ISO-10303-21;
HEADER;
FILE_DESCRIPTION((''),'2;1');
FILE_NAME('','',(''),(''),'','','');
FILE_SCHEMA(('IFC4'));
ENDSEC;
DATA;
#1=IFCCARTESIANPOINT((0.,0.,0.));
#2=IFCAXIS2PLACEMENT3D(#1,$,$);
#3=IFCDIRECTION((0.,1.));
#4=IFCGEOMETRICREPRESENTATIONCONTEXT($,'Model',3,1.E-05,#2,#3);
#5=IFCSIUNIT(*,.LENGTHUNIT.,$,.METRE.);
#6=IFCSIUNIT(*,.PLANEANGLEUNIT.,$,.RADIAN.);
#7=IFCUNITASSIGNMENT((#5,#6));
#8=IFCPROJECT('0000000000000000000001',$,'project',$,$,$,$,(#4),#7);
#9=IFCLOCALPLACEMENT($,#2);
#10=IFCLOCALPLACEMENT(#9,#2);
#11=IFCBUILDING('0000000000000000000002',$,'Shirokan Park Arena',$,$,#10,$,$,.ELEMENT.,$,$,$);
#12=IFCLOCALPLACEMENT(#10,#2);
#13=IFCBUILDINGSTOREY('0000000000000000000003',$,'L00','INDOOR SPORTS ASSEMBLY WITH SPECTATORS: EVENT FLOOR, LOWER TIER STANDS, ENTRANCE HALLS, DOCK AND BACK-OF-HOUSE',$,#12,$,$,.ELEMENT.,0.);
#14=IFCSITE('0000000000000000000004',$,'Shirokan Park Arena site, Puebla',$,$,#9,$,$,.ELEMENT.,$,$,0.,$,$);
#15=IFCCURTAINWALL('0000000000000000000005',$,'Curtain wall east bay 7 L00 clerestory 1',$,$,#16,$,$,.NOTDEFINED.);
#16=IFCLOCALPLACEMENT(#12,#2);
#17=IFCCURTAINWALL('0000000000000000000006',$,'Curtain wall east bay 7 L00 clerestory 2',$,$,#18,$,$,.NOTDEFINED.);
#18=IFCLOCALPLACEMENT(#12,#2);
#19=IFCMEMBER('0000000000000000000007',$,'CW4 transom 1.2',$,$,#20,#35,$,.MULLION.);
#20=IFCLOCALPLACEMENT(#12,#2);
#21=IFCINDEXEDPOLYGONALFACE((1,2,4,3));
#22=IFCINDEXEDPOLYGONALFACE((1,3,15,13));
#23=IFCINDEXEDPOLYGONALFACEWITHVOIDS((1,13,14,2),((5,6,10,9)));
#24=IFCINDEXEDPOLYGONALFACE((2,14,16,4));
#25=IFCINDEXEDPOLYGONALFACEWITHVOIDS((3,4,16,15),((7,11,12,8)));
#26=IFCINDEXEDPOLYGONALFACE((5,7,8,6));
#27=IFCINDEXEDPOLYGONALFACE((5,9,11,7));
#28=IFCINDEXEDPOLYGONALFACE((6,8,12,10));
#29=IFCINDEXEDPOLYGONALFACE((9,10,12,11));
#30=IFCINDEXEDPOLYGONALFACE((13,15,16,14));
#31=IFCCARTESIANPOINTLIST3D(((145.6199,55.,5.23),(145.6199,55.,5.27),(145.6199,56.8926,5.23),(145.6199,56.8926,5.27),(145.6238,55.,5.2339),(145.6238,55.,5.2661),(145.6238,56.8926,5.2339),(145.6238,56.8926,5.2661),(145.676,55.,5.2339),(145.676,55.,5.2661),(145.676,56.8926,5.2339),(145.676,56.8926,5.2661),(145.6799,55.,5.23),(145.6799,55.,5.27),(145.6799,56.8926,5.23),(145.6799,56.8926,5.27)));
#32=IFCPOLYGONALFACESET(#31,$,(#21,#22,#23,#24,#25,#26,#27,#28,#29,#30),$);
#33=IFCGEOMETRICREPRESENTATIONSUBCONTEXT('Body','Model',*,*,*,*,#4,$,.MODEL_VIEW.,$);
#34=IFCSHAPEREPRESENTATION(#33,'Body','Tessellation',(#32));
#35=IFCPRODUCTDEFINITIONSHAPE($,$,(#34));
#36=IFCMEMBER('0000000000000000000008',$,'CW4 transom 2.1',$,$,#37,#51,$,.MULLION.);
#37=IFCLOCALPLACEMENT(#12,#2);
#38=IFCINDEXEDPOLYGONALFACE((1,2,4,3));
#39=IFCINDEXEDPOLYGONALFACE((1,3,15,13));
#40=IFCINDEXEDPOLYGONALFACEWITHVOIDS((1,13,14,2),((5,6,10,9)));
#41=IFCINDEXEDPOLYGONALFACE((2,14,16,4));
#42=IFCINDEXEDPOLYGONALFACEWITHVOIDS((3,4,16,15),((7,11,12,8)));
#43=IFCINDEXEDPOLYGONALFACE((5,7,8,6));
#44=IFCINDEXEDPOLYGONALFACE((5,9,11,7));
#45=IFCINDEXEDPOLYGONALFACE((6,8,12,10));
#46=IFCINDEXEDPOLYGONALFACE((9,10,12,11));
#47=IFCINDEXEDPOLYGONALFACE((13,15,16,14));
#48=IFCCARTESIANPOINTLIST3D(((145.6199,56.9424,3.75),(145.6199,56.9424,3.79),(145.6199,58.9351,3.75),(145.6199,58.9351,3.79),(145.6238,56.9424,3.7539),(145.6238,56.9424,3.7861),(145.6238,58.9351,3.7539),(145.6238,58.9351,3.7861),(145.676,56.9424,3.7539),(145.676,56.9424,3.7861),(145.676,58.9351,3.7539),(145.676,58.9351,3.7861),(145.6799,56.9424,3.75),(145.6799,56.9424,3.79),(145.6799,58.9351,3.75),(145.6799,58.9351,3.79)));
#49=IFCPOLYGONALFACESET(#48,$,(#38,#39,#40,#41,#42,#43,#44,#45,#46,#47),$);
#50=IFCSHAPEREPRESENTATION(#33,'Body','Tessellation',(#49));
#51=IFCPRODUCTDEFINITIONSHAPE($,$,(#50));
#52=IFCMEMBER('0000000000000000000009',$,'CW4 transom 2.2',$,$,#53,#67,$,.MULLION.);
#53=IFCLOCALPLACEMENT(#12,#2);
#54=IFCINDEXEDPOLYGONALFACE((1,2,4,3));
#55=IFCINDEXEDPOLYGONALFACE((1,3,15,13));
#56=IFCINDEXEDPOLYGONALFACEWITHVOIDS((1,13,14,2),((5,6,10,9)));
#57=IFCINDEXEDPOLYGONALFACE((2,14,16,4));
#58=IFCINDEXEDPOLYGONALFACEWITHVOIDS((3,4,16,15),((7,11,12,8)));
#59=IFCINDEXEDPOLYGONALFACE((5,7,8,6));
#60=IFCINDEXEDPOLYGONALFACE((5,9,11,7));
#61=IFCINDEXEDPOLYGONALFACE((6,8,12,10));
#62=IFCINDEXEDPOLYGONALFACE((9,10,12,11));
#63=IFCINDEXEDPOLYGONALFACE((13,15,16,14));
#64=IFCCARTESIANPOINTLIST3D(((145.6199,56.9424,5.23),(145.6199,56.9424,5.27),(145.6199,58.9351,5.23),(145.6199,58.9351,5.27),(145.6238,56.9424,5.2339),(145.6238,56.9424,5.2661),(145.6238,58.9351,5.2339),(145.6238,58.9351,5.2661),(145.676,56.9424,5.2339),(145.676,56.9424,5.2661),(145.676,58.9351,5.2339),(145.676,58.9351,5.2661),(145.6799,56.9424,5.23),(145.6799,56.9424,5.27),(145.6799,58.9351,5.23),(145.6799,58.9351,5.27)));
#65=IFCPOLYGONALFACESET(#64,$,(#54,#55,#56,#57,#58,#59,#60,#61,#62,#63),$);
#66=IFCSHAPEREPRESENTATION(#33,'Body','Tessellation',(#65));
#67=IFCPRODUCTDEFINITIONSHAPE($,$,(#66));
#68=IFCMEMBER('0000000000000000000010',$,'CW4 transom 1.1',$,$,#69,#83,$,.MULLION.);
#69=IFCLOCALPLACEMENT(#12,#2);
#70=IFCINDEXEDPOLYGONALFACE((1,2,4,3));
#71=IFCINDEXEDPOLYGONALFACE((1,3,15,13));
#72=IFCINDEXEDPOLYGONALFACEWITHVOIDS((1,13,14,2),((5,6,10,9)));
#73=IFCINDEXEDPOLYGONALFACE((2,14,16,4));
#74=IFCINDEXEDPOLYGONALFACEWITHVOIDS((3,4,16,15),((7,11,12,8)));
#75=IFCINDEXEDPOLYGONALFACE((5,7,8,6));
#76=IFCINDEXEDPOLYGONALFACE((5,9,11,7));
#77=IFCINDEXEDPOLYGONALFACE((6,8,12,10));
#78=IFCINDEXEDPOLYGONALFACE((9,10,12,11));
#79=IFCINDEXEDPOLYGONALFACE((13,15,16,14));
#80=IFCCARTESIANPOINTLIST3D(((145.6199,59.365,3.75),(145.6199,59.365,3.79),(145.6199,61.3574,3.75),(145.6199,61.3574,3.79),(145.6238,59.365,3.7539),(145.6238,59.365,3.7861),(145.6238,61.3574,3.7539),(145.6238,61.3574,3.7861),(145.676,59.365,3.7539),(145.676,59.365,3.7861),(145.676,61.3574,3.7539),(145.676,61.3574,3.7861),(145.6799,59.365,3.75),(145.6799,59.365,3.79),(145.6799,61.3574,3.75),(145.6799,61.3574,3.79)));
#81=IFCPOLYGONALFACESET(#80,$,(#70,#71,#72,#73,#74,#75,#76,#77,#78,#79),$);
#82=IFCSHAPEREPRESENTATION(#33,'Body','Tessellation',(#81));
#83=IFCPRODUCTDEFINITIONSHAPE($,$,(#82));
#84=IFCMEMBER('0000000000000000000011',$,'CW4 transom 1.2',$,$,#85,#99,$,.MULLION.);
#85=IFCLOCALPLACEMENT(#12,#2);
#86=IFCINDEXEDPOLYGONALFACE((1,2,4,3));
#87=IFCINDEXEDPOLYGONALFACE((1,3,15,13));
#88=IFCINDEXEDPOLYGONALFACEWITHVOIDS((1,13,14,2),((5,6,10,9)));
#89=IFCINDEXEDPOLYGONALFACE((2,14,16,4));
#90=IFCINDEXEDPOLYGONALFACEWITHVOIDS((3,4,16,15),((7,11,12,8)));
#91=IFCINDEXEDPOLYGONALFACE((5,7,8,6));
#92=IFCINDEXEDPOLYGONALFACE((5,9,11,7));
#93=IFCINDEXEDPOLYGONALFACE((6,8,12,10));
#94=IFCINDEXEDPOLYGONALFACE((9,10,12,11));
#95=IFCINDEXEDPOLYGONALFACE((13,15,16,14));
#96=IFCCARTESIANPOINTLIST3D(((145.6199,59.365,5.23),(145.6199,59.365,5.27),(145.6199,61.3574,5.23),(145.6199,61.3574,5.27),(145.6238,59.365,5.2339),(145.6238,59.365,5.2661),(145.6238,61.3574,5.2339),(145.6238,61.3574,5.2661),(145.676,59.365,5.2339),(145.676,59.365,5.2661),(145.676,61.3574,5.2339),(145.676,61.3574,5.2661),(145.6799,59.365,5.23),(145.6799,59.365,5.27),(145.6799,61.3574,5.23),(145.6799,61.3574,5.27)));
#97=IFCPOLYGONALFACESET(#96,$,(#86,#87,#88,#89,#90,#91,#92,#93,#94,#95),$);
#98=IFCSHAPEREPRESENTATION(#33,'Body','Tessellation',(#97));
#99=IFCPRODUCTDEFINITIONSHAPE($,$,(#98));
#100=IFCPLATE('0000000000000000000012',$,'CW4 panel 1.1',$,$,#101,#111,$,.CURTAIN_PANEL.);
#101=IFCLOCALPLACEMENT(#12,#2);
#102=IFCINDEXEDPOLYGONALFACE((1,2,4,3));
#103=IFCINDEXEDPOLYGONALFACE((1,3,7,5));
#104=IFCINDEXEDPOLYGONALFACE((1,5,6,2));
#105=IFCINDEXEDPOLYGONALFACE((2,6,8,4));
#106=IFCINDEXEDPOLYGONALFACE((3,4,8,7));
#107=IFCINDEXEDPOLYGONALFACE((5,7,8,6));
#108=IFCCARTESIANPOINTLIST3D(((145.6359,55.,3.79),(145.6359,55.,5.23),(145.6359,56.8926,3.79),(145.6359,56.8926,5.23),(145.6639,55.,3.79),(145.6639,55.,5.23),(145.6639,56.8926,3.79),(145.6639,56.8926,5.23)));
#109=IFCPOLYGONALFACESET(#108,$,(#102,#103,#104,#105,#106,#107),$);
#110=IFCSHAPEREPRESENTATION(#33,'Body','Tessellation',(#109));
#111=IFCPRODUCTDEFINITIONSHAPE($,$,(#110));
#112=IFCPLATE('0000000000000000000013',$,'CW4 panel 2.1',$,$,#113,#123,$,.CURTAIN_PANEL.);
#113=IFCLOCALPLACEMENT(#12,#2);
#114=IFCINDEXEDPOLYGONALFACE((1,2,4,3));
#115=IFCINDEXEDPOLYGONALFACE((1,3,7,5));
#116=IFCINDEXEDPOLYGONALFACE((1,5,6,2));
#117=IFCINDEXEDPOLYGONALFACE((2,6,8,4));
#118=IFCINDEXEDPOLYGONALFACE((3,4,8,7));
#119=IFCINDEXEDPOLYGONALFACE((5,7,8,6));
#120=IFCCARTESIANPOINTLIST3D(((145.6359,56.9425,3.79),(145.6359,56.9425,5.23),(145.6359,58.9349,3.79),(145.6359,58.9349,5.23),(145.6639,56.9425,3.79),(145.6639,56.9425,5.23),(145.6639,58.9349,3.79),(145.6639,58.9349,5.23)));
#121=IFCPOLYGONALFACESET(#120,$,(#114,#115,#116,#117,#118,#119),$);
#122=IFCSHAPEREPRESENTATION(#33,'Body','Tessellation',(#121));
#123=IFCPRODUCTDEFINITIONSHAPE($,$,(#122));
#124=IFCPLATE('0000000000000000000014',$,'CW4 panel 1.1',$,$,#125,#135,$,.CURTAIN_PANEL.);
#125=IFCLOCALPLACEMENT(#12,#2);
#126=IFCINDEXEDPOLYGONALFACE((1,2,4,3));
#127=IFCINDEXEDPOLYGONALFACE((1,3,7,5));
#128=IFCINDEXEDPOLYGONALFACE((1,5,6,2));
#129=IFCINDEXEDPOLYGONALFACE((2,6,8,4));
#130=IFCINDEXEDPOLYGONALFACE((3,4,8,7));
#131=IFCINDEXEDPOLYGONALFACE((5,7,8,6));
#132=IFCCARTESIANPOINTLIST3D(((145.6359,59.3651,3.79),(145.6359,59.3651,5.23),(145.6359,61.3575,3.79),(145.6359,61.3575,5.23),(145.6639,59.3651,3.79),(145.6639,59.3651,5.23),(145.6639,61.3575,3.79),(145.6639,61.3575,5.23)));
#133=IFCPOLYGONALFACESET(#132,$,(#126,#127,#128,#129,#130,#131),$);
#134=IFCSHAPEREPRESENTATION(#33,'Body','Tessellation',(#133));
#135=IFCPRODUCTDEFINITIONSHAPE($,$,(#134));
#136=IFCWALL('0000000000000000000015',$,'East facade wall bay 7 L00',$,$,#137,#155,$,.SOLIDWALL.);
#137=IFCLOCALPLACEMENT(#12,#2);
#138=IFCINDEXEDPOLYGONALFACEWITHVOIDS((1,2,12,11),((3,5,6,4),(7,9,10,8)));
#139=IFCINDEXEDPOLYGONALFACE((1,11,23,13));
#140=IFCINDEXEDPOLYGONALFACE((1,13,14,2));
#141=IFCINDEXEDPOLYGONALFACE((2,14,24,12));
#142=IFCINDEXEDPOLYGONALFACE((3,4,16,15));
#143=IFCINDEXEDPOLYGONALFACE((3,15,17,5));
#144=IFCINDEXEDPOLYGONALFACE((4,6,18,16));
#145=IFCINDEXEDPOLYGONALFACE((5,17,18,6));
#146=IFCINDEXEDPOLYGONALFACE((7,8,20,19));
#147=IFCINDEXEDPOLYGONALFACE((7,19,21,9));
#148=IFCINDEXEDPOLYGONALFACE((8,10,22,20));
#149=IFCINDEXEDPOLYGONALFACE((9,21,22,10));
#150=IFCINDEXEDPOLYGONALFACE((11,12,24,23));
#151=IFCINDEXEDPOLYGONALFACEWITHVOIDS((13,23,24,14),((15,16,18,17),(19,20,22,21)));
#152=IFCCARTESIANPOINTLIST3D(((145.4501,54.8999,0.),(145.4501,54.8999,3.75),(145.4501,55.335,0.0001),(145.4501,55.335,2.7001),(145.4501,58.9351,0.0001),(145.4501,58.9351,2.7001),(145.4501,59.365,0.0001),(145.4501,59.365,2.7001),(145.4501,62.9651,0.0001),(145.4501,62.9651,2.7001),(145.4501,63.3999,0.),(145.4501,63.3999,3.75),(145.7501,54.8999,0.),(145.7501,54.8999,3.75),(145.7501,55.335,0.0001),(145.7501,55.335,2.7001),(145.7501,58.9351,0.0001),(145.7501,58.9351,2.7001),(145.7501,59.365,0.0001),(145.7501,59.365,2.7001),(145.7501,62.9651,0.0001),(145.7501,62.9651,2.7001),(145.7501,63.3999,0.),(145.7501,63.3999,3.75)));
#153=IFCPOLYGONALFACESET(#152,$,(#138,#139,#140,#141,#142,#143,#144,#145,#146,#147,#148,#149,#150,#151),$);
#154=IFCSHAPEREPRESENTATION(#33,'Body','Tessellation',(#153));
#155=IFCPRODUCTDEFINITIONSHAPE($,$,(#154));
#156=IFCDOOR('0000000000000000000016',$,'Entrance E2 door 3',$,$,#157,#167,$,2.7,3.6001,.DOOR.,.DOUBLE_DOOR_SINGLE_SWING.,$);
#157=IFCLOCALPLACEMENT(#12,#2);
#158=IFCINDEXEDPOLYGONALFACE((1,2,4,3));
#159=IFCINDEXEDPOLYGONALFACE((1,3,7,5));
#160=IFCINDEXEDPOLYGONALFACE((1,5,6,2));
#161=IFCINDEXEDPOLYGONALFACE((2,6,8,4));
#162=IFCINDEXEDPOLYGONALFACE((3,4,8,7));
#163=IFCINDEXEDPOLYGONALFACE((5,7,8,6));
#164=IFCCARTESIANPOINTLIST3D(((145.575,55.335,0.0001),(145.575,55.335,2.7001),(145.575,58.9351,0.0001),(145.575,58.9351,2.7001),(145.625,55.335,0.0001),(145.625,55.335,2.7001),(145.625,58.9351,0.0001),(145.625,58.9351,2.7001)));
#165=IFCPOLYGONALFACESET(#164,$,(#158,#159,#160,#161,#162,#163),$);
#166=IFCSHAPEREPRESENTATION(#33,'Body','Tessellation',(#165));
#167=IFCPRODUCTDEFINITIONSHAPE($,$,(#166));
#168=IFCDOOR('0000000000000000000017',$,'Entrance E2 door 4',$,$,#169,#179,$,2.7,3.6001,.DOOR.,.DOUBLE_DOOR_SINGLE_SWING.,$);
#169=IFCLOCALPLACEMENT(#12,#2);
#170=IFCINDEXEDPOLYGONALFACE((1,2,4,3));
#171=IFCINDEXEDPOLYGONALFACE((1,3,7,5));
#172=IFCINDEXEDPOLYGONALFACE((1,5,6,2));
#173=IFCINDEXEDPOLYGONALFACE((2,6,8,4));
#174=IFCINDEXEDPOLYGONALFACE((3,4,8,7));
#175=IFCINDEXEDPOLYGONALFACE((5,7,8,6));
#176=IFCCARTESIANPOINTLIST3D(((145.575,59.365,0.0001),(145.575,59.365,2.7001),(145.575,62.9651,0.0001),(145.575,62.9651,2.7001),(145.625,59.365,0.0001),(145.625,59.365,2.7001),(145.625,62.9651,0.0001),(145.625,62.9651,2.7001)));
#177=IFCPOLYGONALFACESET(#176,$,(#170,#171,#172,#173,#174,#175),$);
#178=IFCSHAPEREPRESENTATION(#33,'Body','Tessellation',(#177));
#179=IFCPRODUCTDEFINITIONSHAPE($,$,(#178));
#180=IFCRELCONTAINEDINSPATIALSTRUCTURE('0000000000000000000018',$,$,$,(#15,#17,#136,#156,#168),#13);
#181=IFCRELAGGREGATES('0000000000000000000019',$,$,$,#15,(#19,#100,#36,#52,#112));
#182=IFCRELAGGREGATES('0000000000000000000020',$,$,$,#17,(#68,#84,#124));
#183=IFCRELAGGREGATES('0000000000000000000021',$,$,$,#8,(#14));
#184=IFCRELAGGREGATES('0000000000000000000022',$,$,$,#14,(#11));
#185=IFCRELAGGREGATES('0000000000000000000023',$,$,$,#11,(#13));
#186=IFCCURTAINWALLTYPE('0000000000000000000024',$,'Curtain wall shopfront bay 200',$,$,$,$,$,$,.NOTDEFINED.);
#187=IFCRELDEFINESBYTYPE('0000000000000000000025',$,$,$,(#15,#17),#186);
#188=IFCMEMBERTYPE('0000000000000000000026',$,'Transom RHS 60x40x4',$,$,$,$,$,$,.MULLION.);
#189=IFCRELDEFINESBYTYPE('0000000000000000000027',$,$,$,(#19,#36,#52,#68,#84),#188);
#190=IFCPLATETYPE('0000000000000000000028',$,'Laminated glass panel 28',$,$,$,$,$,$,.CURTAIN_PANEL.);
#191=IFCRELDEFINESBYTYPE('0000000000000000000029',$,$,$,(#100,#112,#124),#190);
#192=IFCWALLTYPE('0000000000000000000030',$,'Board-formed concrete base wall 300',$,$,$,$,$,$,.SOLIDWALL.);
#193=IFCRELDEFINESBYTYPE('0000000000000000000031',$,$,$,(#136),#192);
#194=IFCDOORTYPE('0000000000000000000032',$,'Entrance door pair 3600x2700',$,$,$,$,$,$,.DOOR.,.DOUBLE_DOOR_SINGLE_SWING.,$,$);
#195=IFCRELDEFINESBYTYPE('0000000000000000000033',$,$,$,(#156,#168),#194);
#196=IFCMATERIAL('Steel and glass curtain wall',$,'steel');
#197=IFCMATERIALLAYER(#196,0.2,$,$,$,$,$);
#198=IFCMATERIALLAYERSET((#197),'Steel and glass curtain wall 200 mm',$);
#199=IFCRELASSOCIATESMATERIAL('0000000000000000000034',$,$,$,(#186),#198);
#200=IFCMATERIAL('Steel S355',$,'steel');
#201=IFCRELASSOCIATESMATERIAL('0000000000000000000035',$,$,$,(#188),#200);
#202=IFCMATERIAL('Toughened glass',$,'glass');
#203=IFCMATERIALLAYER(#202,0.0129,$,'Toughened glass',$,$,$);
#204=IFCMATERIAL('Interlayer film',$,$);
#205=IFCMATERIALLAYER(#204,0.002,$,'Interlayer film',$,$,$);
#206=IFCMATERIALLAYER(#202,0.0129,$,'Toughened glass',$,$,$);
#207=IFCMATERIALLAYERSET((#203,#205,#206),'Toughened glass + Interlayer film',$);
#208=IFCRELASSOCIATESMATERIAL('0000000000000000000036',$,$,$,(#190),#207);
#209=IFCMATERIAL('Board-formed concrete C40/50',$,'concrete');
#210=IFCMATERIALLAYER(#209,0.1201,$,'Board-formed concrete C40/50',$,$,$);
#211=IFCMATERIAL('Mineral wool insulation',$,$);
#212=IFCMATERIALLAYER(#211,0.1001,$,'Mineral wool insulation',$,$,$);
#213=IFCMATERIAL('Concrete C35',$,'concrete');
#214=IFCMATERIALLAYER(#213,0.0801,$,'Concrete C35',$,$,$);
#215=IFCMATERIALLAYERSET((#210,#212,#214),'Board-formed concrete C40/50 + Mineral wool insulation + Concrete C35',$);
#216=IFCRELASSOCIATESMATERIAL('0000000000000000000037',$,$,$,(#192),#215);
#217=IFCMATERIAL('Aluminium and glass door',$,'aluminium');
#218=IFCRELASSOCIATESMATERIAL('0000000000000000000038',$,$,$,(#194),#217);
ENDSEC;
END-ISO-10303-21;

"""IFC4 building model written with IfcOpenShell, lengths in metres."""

from ifc_helpers import new_model, si_unit, direction, frame, frame_2d, origin, origin_2d, place, context, subcontext, project, spatial, rectangle, hollow_rectangle, extrude, material, layer, layer_set, material_profile, profile_set, type_object, element, fill, aggregate, save


model = new_model("IFC4")

# Units and contexts
model_context = context("Model", 3, precision=1e-05, world=origin(), true_north=direction((0.0, 1.0)))
body_context = subcontext(model_context, "Body", "Model", "MODEL_VIEW")
ifc_project = project(units=[si_unit("LENGTHUNIT", "METRE"), si_unit("PLANEANGLEUNIT", "RADIAN")], contexts=[model_context])

# Site, building, storey
site_placement = place(None, origin())
site = spatial("IfcSite", under=ifc_project, at=site_placement, Name="Shirokan Park Arena site, Puebla", CompositionType="ELEMENT", RefElevation=0.0)
building_placement = place(site_placement, origin())
building = spatial("IfcBuilding", under=site, at=building_placement, Name="Shirokan Park Arena", CompositionType="ELEMENT")
storey_placement = place(building_placement, origin())
storey = spatial("IfcBuildingStorey", under=building, at=storey_placement, Name="L00", Description="INDOOR SPORTS ASSEMBLY WITH SPECTATORS: EVENT FLOOR, LOWER TIER STANDS, ENTRANCE HALLS, DOCK AND BACK-OF-HOUSE", CompositionType="ELEMENT", Elevation=0.0)

# Shared definitions
ifc_material_1 = material(Name="Concrete C35", Category="concrete")
ifc_material_2 = material(Name="Steel S355", Category="steel")

# Curtain wall
ifc_material_3 = material(Name="Steel and glass curtain wall", Category="steel")
ifc_layer_1 = layer(ifc_material_3, 0.2)
ifc_layer_set_1 = layer_set([ifc_layer_1], Name="Steel and glass curtain wall 200 mm")
curtain_wall_type = type_object("IfcCurtainWallType", Name="Curtain wall shopfront bay 200", PredefinedType="NOTDEFINED", material=ifc_layer_set_1)
curtain_wall_1_placement = place(storey_placement, origin())
curtain_wall_1 = element("IfcCurtainWall", 1, at=curtain_wall_1_placement, inside=storey, type_object=curtain_wall_type, Name="Curtain wall east bay 7 L00 clerestory 1", PredefinedType="NOTDEFINED")

# Curtain wall
curtain_wall_2_placement = place(storey_placement, origin())
curtain_wall_2 = element("IfcCurtainWall", 2, at=curtain_wall_2_placement, inside=storey, type_object=curtain_wall_type, Name="Curtain wall east bay 7 L00 clerestory 2", PredefinedType="NOTDEFINED")

# Members
ifc_material_profile_1 = material_profile(ifc_material_2, hollow_rectangle(XDim=0.0601, YDim=0.04, WallThickness=0.0039, at=origin_2d()), Name="RHS 60x40x4")
ifc_profile_set_1 = profile_set([ifc_material_profile_1], Name="Steel S355")
member_type_1 = type_object("IfcMemberType", Name="Transom RHS 60x40x4", PredefinedType="MULLION", material=ifc_profile_set_1)
member_1_placement = place(storey_placement, frame((145.6499, 55.0, 5.25), z_axis=(0.0, 1.0, 0.0), x_axis=(-1.0, 0.0, 0.0)))
member_1 = element("IfcMember", 3, at=member_1_placement, type_object=member_type_1, Name="CW4 transom 1.2", PredefinedType="MULLION", context=body_context, shape_type="SweptSolid", body=[
    extrude(hollow_rectangle(XDim=0.0601, YDim=0.04, WallThickness=0.0039, at=origin_2d()), origin(), (0.0, 0.0, 1.0), 1.8926),
])
member_2_placement = place(storey_placement, frame((145.6499, 56.9424, 3.77), z_axis=(0.0, 1.0, 0.0), x_axis=(-1.0, 0.0, 0.0)))
member_2 = element("IfcMember", 4, at=member_2_placement, type_object=member_type_1, Name="CW4 transom 2.1", PredefinedType="MULLION", context=body_context, shape_type="SweptSolid", body=[
    extrude(hollow_rectangle(XDim=0.0601, YDim=0.04, WallThickness=0.0039, at=origin_2d()), origin(), (0.0, 0.0, 1.0), 1.9927),
])
member_3_placement = place(storey_placement, frame((145.6499, 56.9424, 5.25), z_axis=(0.0, 1.0, 0.0), x_axis=(-1.0, 0.0, 0.0)))
member_3 = element("IfcMember", 5, at=member_3_placement, type_object=member_type_1, Name="CW4 transom 2.2", PredefinedType="MULLION", context=body_context, shape_type="SweptSolid", body=[
    extrude(hollow_rectangle(XDim=0.0601, YDim=0.04, WallThickness=0.0039, at=origin_2d()), origin(), (0.0, 0.0, 1.0), 1.9927),
])
member_4_placement = place(storey_placement, frame((145.6499, 59.365, 3.77), z_axis=(0.0, 1.0, 0.0), x_axis=(-1.0, 0.0, 0.0)))
member_4 = element("IfcMember", 6, at=member_4_placement, type_object=member_type_1, Name="CW4 transom 1.1", PredefinedType="MULLION", context=body_context, shape_type="SweptSolid", body=[
    extrude(hollow_rectangle(XDim=0.0601, YDim=0.04, WallThickness=0.0039, at=origin_2d()), origin(), (0.0, 0.0, 1.0), 1.9924),
])
member_5_placement = place(storey_placement, frame((145.6499, 59.365, 5.25), z_axis=(0.0, 1.0, 0.0), x_axis=(-1.0, 0.0, 0.0)))
member_5 = element("IfcMember", 7, at=member_5_placement, type_object=member_type_1, Name="CW4 transom 1.2", PredefinedType="MULLION", context=body_context, shape_type="SweptSolid", body=[
    extrude(hollow_rectangle(XDim=0.0601, YDim=0.04, WallThickness=0.0039, at=origin_2d()), origin(), (0.0, 0.0, 1.0), 1.9924),
])

# Plates
ifc_material_4 = material(Name="Toughened glass", Category="glass")
ifc_layer_2 = layer(ifc_material_4, 0.0129, Name="Toughened glass")
ifc_material_5 = material(Name="Interlayer film")
ifc_layer_3 = layer(ifc_material_5, 0.002, Name="Interlayer film")
ifc_layer_4 = layer(ifc_material_4, 0.0129, Name="Toughened glass")
ifc_layer_set_2 = layer_set([ifc_layer_2, ifc_layer_3, ifc_layer_4], Name="Toughened glass + Interlayer film")
plate_type = type_object("IfcPlateType", Name="Laminated glass panel 28", PredefinedType="CURTAIN_PANEL", material=ifc_layer_set_2)
plate_1_placement = place(storey_placement, frame((145.6499, 55.9463, 3.79), z_axis=(0.0, 0.0, 1.0), x_axis=(0.0, 1.0, 0.0)))
plate_1 = element("IfcPlate", 8, at=plate_1_placement, type_object=plate_type, Name="CW4 panel 1.1", PredefinedType="CURTAIN_PANEL", context=body_context, shape_type="SweptSolid", body=[
    extrude(rectangle(XDim=1.8926, YDim=0.0281, at=origin_2d()), origin(), (0.0, 0.0, 1.0), 1.4399),
])
plate_2_placement = place(storey_placement, frame((145.6499, 57.9387, 3.79), z_axis=(0.0, 0.0, 1.0), x_axis=(0.0, 1.0, 0.0)))
plate_2 = element("IfcPlate", 9, at=plate_2_placement, type_object=plate_type, Name="CW4 panel 2.1", PredefinedType="CURTAIN_PANEL", context=body_context, shape_type="SweptSolid", body=[
    extrude(rectangle(XDim=1.9924, YDim=0.0281, at=origin_2d()), origin(), (0.0, 0.0, 1.0), 1.4399),
])
aggregate(curtain_wall_1, [member_1, plate_1, member_2, member_3, plate_2])
plate_3_placement = place(storey_placement, frame((145.6499, 60.3613, 3.79), z_axis=(0.0, 0.0, 1.0), x_axis=(0.0, 1.0, 0.0)))
plate_3 = element("IfcPlate", 10, at=plate_3_placement, type_object=plate_type, Name="CW4 panel 1.1", PredefinedType="CURTAIN_PANEL", context=body_context, shape_type="SweptSolid", body=[
    extrude(rectangle(XDim=1.9924, YDim=0.0281, at=origin_2d()), origin(), (0.0, 0.0, 1.0), 1.4399),
])
aggregate(curtain_wall_2, [member_4, member_5, plate_3])

# Wall, openings, doors
ifc_material_6 = material(Name="Board-formed concrete C40/50", Category="concrete")
ifc_layer_5 = layer(ifc_material_6, 0.1201, Name="Board-formed concrete C40/50")
ifc_material_7 = material(Name="Mineral wool insulation")
ifc_layer_6 = layer(ifc_material_7, 0.1001, Name="Mineral wool insulation")
ifc_layer_7 = layer(ifc_material_1, 0.0801, Name="Concrete C35")
ifc_layer_set_3 = layer_set([ifc_layer_5, ifc_layer_6, ifc_layer_7], Name="Board-formed concrete C40/50 + Mineral wool insulation + Concrete C35")
wall_type = type_object("IfcWallType", Name="Board-formed concrete base wall 300", PredefinedType="SOLIDWALL", material=ifc_layer_set_3)
wall_1_placement = place(storey_placement, frame((145.6001, 54.8999, 0.0), z_axis=(0.0, 0.0, 1.0), x_axis=(0.0, 1.0, 0.0)))
wall_1 = element("IfcWall", 11, at=wall_1_placement, inside=storey, type_object=wall_type, Name="East facade wall bay 7 L00", PredefinedType="SOLIDWALL", context=body_context, shape_type="SweptSolid", body=[
    extrude(rectangle(XDim=8.5, YDim=0.3, at=frame_2d((4.25, 0.0))), origin(), (0.0, 0.0, 1.0), 3.75),
])
opening_1_placement = place(wall_1_placement, frame((0.4351, 0.0, 0.0)))
opening_1 = element("IfcOpeningElement", 12, at=opening_1_placement, cuts=wall_1, PredefinedType="OPENING", context=body_context, shape_type="SweptSolid", body=[
    extrude(rectangle(XDim=3.6001, YDim=2.7, at=frame_2d((1.8, 1.3501))), frame((0.0, 0.1599, 0.0), z_axis=(0.0, -1.0, 0.0), x_axis=(1.0, 0.0, 0.0)), (0.0, 0.0, 1.0), 0.3201),
])
opening_2_placement = place(wall_1_placement, frame((4.4651, 0.0, 0.0)))
opening_2 = element("IfcOpeningElement", 13, at=opening_2_placement, cuts=wall_1, PredefinedType="OPENING", context=body_context, shape_type="SweptSolid", body=[
    extrude(rectangle(XDim=3.6001, YDim=2.7, at=frame_2d((1.8, 1.3501))), frame((0.0, 0.1599, 0.0), z_axis=(0.0, -1.0, 0.0), x_axis=(1.0, 0.0, 0.0)), (0.0, 0.0, 1.0), 0.3201),
])
ifc_material_8 = material(Name="Aluminium and glass door", Category="aluminium")
door_type = type_object("IfcDoorType", Name="Entrance door pair 3600x2700", OperationType="DOUBLE_DOOR_SINGLE_SWING", PredefinedType="DOOR", material=ifc_material_8)
door_1_placement = place(opening_1_placement, frame((3.6001, 0.0, 0.0), z_axis=(0.0, 0.0, 1.0), x_axis=(-1.0, 0.0, 0.0)))
door_1 = element("IfcDoor", 14, at=door_1_placement, inside=storey, type_object=door_type, Name="Entrance E2 door 3", OperationType="DOUBLE_DOOR_SINGLE_SWING", OverallHeight=2.7, OverallWidth=3.6001, PredefinedType="DOOR", context=body_context, shape_type="SweptSolid", body=[
    extrude(rectangle(XDim=3.6001, YDim=2.7, at=frame_2d((1.8, 1.3501))), frame((0.0, 0.0249, 0.0), z_axis=(0.0, -1.0, 0.0), x_axis=(1.0, 0.0, 0.0)), (0.0, 0.0, 1.0), 0.05),
])
fill(opening_1, door_1)
door_2_placement = place(opening_2_placement, frame((3.6001, 0.0, 0.0), z_axis=(0.0, 0.0, 1.0), x_axis=(-1.0, 0.0, 0.0)))
door_2 = element("IfcDoor", 15, at=door_2_placement, inside=storey, type_object=door_type, Name="Entrance E2 door 4", OperationType="DOUBLE_DOOR_SINGLE_SWING", OverallHeight=2.7, OverallWidth=3.6001, PredefinedType="DOOR", context=body_context, shape_type="SweptSolid", body=[
    extrude(rectangle(XDim=3.6001, YDim=2.7, at=frame_2d((1.8, 1.3501))), frame((0.0, 0.0249, 0.0), z_axis=(0.0, -1.0, 0.0), x_axis=(1.0, 0.0, 0.0)), (0.0, 0.0, 1.0), 0.05),
])
fill(opening_2, door_2)

save(model, "model.ifc")
